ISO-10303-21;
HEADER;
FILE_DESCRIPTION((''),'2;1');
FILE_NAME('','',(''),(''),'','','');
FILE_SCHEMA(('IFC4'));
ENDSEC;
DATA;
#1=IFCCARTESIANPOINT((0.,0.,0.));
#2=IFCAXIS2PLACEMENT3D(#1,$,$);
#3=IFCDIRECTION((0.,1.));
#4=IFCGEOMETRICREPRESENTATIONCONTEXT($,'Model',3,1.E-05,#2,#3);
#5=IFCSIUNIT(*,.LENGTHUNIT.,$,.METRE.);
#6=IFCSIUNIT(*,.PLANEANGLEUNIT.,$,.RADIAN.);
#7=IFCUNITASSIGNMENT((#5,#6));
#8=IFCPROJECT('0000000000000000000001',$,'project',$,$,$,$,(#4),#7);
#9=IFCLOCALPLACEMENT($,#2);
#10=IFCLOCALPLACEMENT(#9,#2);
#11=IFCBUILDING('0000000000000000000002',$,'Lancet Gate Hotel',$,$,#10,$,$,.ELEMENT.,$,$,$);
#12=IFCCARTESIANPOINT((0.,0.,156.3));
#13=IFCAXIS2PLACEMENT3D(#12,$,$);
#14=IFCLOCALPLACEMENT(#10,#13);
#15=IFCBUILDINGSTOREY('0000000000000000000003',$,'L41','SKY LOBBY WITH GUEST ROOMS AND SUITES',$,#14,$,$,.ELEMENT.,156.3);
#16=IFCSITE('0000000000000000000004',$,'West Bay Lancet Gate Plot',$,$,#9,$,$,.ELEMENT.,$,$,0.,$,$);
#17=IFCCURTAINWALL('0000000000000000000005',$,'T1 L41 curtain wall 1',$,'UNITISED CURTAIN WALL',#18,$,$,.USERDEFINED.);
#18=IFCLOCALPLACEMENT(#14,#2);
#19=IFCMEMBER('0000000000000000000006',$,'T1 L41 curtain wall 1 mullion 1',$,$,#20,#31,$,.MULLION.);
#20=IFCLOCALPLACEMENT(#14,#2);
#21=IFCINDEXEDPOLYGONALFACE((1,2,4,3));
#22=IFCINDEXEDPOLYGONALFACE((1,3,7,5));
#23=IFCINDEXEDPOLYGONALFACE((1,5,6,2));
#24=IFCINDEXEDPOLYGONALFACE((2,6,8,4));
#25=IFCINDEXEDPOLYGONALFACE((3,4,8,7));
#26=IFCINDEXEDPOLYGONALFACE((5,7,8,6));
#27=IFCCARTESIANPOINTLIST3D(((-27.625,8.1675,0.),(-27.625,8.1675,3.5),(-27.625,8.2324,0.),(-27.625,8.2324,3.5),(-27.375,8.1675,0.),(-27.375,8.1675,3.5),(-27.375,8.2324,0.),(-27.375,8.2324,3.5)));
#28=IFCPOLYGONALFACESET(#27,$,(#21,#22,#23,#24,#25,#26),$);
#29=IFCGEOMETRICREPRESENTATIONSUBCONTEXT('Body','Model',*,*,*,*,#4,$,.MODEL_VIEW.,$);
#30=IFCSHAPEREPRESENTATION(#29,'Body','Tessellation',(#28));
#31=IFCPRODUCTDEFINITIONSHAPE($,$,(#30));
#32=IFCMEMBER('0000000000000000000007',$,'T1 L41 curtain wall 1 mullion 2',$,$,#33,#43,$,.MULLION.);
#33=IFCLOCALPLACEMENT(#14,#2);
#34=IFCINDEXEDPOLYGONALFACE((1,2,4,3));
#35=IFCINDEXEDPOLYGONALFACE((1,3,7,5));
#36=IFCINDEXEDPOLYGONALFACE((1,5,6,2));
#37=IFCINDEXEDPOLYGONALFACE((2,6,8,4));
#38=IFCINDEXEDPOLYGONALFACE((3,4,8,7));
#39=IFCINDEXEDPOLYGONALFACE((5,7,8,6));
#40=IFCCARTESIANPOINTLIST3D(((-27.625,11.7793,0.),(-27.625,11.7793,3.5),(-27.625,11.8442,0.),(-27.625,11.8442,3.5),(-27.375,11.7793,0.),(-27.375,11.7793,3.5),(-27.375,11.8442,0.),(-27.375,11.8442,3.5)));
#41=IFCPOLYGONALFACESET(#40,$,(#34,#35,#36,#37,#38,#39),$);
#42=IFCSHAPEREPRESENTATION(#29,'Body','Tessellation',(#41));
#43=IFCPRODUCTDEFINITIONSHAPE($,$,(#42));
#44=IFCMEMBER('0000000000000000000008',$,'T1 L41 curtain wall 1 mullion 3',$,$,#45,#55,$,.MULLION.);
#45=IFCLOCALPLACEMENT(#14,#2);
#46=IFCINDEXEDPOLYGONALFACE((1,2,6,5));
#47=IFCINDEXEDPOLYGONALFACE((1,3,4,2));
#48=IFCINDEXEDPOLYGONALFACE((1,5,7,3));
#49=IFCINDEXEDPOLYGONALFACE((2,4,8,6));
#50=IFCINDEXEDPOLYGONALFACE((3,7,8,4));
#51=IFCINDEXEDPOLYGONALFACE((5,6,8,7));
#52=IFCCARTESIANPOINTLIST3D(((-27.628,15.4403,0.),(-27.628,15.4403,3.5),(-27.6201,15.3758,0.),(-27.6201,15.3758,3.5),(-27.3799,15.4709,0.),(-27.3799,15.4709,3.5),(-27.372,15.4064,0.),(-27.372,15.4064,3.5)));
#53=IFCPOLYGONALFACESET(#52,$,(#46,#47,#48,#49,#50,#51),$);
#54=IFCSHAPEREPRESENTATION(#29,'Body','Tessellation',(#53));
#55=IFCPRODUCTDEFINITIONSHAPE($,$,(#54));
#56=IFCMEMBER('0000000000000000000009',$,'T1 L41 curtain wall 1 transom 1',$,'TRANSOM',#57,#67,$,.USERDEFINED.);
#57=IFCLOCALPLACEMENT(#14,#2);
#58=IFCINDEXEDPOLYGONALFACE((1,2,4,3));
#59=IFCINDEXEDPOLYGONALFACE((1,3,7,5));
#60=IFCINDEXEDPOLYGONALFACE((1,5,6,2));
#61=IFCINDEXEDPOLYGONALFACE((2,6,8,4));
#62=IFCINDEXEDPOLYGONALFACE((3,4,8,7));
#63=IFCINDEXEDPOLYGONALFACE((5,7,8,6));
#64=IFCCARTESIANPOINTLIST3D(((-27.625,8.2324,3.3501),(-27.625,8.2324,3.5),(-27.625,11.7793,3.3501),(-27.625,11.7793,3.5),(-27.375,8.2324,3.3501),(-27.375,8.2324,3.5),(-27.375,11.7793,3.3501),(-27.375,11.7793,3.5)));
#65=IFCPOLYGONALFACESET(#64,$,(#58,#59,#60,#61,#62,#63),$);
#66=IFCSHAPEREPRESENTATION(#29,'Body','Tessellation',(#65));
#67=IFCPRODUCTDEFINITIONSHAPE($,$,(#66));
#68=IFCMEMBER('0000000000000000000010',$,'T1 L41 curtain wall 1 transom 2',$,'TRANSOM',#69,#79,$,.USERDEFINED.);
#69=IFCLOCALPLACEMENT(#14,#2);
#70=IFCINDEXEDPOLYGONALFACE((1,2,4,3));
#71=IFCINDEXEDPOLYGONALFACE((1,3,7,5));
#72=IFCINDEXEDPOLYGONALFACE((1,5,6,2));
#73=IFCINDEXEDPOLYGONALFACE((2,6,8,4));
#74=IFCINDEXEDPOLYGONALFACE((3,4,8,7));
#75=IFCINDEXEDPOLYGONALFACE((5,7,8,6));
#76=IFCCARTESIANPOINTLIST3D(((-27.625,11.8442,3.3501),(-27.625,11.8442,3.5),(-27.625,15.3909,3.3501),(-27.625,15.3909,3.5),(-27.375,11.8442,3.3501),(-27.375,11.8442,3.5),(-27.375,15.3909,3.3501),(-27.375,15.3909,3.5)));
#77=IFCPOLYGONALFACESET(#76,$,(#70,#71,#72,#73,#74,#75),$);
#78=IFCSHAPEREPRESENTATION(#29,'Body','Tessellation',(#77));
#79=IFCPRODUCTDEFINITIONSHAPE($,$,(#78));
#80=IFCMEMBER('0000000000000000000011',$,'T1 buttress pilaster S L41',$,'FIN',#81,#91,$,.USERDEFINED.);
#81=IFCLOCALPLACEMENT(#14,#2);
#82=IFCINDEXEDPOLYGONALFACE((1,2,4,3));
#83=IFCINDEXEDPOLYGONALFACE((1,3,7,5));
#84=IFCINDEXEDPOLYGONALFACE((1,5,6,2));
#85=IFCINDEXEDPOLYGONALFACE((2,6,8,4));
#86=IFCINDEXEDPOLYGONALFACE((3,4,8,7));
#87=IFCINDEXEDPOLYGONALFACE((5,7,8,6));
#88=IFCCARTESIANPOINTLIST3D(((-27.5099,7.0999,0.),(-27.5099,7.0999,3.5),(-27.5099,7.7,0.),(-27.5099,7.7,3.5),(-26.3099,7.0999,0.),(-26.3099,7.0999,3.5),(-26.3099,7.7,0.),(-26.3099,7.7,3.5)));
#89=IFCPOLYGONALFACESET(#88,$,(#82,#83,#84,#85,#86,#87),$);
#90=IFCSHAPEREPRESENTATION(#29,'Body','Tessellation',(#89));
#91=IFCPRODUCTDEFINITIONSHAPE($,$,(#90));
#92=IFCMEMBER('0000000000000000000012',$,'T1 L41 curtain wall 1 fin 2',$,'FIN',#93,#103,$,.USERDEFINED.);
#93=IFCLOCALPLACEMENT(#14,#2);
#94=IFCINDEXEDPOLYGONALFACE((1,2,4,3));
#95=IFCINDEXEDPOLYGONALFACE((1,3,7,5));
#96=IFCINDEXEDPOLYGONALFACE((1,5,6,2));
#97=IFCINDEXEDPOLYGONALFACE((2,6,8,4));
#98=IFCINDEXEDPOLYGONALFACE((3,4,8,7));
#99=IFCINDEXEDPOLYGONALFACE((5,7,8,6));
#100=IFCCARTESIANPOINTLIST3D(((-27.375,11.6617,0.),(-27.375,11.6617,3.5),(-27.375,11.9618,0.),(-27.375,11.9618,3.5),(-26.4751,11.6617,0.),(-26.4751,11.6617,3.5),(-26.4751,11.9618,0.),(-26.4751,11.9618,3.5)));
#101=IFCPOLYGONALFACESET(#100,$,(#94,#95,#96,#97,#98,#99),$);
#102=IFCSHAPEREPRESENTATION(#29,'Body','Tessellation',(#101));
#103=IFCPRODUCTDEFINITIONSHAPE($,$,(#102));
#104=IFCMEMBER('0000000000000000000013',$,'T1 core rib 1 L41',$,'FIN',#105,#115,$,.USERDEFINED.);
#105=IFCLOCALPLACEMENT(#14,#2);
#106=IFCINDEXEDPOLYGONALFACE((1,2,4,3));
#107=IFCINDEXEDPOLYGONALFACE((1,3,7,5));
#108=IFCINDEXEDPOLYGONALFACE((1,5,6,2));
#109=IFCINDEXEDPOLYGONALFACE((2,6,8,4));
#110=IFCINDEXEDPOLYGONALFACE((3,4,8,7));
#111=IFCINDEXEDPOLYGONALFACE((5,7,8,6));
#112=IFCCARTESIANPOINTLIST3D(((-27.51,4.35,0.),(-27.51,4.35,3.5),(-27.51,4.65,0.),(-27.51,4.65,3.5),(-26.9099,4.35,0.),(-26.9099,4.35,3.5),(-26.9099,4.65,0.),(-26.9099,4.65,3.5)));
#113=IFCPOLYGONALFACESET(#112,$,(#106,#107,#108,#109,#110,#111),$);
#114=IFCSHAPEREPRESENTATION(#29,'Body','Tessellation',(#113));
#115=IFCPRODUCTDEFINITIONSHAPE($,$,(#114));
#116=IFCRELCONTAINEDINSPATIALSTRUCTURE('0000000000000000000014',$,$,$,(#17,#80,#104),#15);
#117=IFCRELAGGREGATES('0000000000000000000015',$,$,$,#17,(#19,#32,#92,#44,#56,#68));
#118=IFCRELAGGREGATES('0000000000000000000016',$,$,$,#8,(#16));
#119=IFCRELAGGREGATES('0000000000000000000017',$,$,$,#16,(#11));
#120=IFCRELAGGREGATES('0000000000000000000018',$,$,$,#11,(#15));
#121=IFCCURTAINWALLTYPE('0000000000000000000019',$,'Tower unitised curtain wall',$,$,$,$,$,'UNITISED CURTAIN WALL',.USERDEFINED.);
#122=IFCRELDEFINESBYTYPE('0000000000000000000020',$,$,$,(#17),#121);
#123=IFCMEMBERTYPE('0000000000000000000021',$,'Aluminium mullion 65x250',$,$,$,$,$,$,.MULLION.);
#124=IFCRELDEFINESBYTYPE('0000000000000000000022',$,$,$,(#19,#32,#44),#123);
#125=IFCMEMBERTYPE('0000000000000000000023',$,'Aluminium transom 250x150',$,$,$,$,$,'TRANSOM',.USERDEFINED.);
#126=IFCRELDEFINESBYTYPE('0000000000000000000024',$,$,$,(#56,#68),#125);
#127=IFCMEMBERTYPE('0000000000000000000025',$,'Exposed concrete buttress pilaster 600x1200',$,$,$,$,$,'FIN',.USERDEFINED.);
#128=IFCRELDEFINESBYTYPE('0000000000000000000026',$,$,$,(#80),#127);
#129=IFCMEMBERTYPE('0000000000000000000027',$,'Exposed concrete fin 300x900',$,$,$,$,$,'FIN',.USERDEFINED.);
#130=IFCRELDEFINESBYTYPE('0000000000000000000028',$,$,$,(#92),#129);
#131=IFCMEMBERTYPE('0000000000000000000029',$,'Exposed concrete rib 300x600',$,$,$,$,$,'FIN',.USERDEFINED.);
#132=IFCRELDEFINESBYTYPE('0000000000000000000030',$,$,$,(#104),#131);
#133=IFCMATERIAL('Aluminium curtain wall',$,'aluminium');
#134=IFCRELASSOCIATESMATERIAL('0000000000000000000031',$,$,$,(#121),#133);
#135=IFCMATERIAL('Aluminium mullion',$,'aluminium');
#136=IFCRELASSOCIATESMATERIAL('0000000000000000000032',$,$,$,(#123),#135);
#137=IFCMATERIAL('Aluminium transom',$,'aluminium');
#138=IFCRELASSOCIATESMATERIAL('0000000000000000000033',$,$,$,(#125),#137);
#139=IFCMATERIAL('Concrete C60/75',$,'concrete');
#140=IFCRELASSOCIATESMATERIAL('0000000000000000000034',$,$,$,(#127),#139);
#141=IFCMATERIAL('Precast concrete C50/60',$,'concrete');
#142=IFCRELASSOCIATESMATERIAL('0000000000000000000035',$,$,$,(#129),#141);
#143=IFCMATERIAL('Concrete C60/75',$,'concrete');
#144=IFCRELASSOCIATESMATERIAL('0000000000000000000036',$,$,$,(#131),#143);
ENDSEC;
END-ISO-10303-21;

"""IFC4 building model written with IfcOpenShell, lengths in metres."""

from ifc_helpers import new_model, si_unit, direction, frame, origin, origin_2d, place, context, subcontext, project, spatial, rectangle, extrude, material, material_profile, profile_set, type_object, element, aggregate, save


model = new_model("IFC4")

# Units and contexts
model_context = context("Model", 3, precision=1e-05, world=origin(), true_north=direction((0.0, 1.0)))
body_context = subcontext(model_context, "Body", "Model", "MODEL_VIEW")
ifc_project = project(units=[si_unit("LENGTHUNIT", "METRE"), si_unit("PLANEANGLEUNIT", "RADIAN")], contexts=[model_context])

# Site, building, storey
site_placement = place(None, origin())
site = spatial("IfcSite", under=ifc_project, at=site_placement, Name="West Bay Lancet Gate Plot", CompositionType="ELEMENT", RefElevation=0.0)
building_placement = place(site_placement, origin())
building = spatial("IfcBuilding", under=site, at=building_placement, Name="Lancet Gate Hotel", CompositionType="ELEMENT")
storey_placement = place(building_placement, frame((0.0, 0.0, 156.3)))
storey = spatial("IfcBuildingStorey", under=building, at=storey_placement, Name="L41", Description="SKY LOBBY WITH GUEST ROOMS AND SUITES", CompositionType="ELEMENT", Elevation=156.3)

# Curtain wall, members
ifc_material_1 = material(Name="Aluminium curtain wall", Category="aluminium")
curtain_wall_type = type_object("IfcCurtainWallType", Name="Tower unitised curtain wall", ElementType="UNITISED CURTAIN WALL", PredefinedType="USERDEFINED", material=ifc_material_1)
curtain_wall_placement = place(storey_placement, origin())
curtain_wall = element("IfcCurtainWall", 1, at=curtain_wall_placement, inside=storey, type_object=curtain_wall_type, Name="T1 L41 curtain wall 1", ObjectType="UNITISED CURTAIN WALL", PredefinedType="USERDEFINED")
ifc_material_2 = material(Name="Aluminium mullion", Category="aluminium")
ifc_material_profile_1 = material_profile(ifc_material_2, rectangle(XDim=0.0649, YDim=0.25, at=origin_2d()), Name="MULLION 65x250")
ifc_profile_set_1 = profile_set([ifc_material_profile_1], Name="Aluminium mullion")
member_type_1 = type_object("IfcMemberType", Name="Aluminium mullion 65x250", PredefinedType="MULLION", material=ifc_profile_set_1)
member_1_placement = place(storey_placement, frame((-27.5, 8.2, 0.0), z_axis=(0.0, 0.0, 1.0), x_axis=(0.0, 1.0, 0.0)))
member_1 = element("IfcMember", 2, at=member_1_placement, type_object=member_type_1, Name="T1 L41 curtain wall 1 mullion 1", PredefinedType="MULLION", context=body_context, shape_type="SweptSolid", body=[
    extrude(rectangle(XDim=0.0649, YDim=0.25, at=origin_2d()), origin(), (0.0, 0.0, 1.0), 3.5),
])
member_2_placement = place(storey_placement, frame((-27.5, 11.8118, 0.0), z_axis=(0.0, 0.0, 1.0), x_axis=(0.0, 1.0, 0.0)))
member_2 = element("IfcMember", 3, at=member_2_placement, type_object=member_type_1, Name="T1 L41 curtain wall 1 mullion 2", PredefinedType="MULLION", context=body_context, shape_type="SweptSolid", body=[
    extrude(rectangle(XDim=0.0649, YDim=0.25, at=origin_2d()), origin(), (0.0, 0.0, 1.0), 3.5),
])
member_3_placement = place(storey_placement, frame((-27.5, 15.4233, 0.0), z_axis=(0.0, 0.0, 1.0), x_axis=(-0.122467, 0.992473, 0.0)))
member_3 = element("IfcMember", 4, at=member_3_placement, type_object=member_type_1, Name="T1 L41 curtain wall 1 mullion 3", PredefinedType="MULLION", context=body_context, shape_type="SweptSolid", body=[
    extrude(rectangle(XDim=0.0649, YDim=0.25, at=origin_2d()), origin(), (0.0, 0.0, 1.0), 3.5),
])
ifc_material_3 = material(Name="Aluminium transom", Category="aluminium")
ifc_material_profile_2 = material_profile(ifc_material_3, rectangle(XDim=0.25, YDim=0.1499, at=origin_2d()), Name="TRANSOM 250x150")
ifc_profile_set_2 = profile_set([ifc_material_profile_2], Name="Aluminium transom")
member_type_2 = type_object("IfcMemberType", Name="Aluminium transom 250x150", ElementType="TRANSOM", PredefinedType="USERDEFINED", material=ifc_profile_set_2)
member_4_placement = place(storey_placement, frame((-27.5, 8.2324, 3.425), z_axis=(0.0, 1.0, 0.0), x_axis=(-1.0, 0.0, 0.0)))
member_4 = element("IfcMember", 5, at=member_4_placement, type_object=member_type_2, Name="T1 L41 curtain wall 1 transom 1", ObjectType="TRANSOM", PredefinedType="USERDEFINED", context=body_context, shape_type="SweptSolid", body=[
    extrude(rectangle(XDim=0.25, YDim=0.1499, at=origin_2d()), origin(), (0.0, 0.0, 1.0), 3.5469),
])
member_5_placement = place(storey_placement, frame((-27.5, 11.8442, 3.425), z_axis=(0.0, 1.0, 0.0), x_axis=(-1.0, 0.0, 0.0)))
member_5 = element("IfcMember", 6, at=member_5_placement, type_object=member_type_2, Name="T1 L41 curtain wall 1 transom 2", ObjectType="TRANSOM", PredefinedType="USERDEFINED", context=body_context, shape_type="SweptSolid", body=[
    extrude(rectangle(XDim=0.25, YDim=0.1499, at=origin_2d()), origin(), (0.0, 0.0, 1.0), 3.5466),
])

# Members
ifc_material_4 = material(Name="Concrete C60/75", Category="concrete")
ifc_material_profile_3 = material_profile(ifc_material_4, rectangle(XDim=0.6001, YDim=1.2, at=origin_2d()), Name="FIN 600x1200")
ifc_profile_set_3 = profile_set([ifc_material_profile_3], Name="Concrete C60/75")
member_type_3 = type_object("IfcMemberType", Name="Exposed concrete buttress pilaster 600x1200", ElementType="FIN", PredefinedType="USERDEFINED", material=ifc_profile_set_3)
member_6_placement = place(storey_placement, frame((-26.9099, 7.3999, 0.0), z_axis=(0.0, 0.0, 1.0), x_axis=(0.0, 1.0, 0.0)))
element("IfcMember", 7, at=member_6_placement, inside=storey, type_object=member_type_3, Name="T1 buttress pilaster S L41", ObjectType="FIN", PredefinedType="USERDEFINED", context=body_context, shape_type="SweptSolid", body=[
    extrude(rectangle(XDim=0.6001, YDim=1.2, at=origin_2d()), origin(), (0.0, 0.0, 1.0), 3.5),
])
ifc_material_5 = material(Name="Precast concrete C50/60", Category="concrete")
ifc_material_profile_4 = material_profile(ifc_material_5, rectangle(XDim=0.3, YDim=0.8999, at=origin_2d()), Name="FIN 300x900")
ifc_profile_set_4 = profile_set([ifc_material_profile_4], Name="Precast concrete C50/60")
member_type_4 = type_object("IfcMemberType", Name="Exposed concrete fin 300x900", ElementType="FIN", PredefinedType="USERDEFINED", material=ifc_profile_set_4)
member_7_placement = place(storey_placement, frame((-26.925, 11.8118, 0.0), z_axis=(0.0, 0.0, 1.0), x_axis=(0.0, 1.0, 0.0)))
member_7 = element("IfcMember", 8, at=member_7_placement, type_object=member_type_4, Name="T1 L41 curtain wall 1 fin 2", ObjectType="FIN", PredefinedType="USERDEFINED", context=body_context, shape_type="SweptSolid", body=[
    extrude(rectangle(XDim=0.3, YDim=0.8999, at=origin_2d()), origin(), (0.0, 0.0, 1.0), 3.5),
])
ifc_material_6 = material(Name="Concrete C60/75", Category="concrete")
ifc_material_profile_5 = material_profile(ifc_material_6, rectangle(XDim=0.3, YDim=0.6001, at=origin_2d()), Name="FIN 300x600")
ifc_profile_set_5 = profile_set([ifc_material_profile_5], Name="Concrete C60/75")
member_type_5 = type_object("IfcMemberType", Name="Exposed concrete rib 300x600", ElementType="FIN", PredefinedType="USERDEFINED", material=ifc_profile_set_5)
member_8_placement = place(storey_placement, frame((-27.21, 4.5, 0.0), z_axis=(0.0, 0.0, 1.0), x_axis=(0.0, 1.0, 0.0)))
element("IfcMember", 9, at=member_8_placement, inside=storey, type_object=member_type_5, Name="T1 core rib 1 L41", ObjectType="FIN", PredefinedType="USERDEFINED", context=body_context, shape_type="SweptSolid", body=[
    extrude(rectangle(XDim=0.3, YDim=0.6001, at=origin_2d()), origin(), (0.0, 0.0, 1.0), 3.5),
])

aggregate(curtain_wall, [member_1, member_2, member_7, member_3, member_4, member_5])

save(model, "model.ifc")
